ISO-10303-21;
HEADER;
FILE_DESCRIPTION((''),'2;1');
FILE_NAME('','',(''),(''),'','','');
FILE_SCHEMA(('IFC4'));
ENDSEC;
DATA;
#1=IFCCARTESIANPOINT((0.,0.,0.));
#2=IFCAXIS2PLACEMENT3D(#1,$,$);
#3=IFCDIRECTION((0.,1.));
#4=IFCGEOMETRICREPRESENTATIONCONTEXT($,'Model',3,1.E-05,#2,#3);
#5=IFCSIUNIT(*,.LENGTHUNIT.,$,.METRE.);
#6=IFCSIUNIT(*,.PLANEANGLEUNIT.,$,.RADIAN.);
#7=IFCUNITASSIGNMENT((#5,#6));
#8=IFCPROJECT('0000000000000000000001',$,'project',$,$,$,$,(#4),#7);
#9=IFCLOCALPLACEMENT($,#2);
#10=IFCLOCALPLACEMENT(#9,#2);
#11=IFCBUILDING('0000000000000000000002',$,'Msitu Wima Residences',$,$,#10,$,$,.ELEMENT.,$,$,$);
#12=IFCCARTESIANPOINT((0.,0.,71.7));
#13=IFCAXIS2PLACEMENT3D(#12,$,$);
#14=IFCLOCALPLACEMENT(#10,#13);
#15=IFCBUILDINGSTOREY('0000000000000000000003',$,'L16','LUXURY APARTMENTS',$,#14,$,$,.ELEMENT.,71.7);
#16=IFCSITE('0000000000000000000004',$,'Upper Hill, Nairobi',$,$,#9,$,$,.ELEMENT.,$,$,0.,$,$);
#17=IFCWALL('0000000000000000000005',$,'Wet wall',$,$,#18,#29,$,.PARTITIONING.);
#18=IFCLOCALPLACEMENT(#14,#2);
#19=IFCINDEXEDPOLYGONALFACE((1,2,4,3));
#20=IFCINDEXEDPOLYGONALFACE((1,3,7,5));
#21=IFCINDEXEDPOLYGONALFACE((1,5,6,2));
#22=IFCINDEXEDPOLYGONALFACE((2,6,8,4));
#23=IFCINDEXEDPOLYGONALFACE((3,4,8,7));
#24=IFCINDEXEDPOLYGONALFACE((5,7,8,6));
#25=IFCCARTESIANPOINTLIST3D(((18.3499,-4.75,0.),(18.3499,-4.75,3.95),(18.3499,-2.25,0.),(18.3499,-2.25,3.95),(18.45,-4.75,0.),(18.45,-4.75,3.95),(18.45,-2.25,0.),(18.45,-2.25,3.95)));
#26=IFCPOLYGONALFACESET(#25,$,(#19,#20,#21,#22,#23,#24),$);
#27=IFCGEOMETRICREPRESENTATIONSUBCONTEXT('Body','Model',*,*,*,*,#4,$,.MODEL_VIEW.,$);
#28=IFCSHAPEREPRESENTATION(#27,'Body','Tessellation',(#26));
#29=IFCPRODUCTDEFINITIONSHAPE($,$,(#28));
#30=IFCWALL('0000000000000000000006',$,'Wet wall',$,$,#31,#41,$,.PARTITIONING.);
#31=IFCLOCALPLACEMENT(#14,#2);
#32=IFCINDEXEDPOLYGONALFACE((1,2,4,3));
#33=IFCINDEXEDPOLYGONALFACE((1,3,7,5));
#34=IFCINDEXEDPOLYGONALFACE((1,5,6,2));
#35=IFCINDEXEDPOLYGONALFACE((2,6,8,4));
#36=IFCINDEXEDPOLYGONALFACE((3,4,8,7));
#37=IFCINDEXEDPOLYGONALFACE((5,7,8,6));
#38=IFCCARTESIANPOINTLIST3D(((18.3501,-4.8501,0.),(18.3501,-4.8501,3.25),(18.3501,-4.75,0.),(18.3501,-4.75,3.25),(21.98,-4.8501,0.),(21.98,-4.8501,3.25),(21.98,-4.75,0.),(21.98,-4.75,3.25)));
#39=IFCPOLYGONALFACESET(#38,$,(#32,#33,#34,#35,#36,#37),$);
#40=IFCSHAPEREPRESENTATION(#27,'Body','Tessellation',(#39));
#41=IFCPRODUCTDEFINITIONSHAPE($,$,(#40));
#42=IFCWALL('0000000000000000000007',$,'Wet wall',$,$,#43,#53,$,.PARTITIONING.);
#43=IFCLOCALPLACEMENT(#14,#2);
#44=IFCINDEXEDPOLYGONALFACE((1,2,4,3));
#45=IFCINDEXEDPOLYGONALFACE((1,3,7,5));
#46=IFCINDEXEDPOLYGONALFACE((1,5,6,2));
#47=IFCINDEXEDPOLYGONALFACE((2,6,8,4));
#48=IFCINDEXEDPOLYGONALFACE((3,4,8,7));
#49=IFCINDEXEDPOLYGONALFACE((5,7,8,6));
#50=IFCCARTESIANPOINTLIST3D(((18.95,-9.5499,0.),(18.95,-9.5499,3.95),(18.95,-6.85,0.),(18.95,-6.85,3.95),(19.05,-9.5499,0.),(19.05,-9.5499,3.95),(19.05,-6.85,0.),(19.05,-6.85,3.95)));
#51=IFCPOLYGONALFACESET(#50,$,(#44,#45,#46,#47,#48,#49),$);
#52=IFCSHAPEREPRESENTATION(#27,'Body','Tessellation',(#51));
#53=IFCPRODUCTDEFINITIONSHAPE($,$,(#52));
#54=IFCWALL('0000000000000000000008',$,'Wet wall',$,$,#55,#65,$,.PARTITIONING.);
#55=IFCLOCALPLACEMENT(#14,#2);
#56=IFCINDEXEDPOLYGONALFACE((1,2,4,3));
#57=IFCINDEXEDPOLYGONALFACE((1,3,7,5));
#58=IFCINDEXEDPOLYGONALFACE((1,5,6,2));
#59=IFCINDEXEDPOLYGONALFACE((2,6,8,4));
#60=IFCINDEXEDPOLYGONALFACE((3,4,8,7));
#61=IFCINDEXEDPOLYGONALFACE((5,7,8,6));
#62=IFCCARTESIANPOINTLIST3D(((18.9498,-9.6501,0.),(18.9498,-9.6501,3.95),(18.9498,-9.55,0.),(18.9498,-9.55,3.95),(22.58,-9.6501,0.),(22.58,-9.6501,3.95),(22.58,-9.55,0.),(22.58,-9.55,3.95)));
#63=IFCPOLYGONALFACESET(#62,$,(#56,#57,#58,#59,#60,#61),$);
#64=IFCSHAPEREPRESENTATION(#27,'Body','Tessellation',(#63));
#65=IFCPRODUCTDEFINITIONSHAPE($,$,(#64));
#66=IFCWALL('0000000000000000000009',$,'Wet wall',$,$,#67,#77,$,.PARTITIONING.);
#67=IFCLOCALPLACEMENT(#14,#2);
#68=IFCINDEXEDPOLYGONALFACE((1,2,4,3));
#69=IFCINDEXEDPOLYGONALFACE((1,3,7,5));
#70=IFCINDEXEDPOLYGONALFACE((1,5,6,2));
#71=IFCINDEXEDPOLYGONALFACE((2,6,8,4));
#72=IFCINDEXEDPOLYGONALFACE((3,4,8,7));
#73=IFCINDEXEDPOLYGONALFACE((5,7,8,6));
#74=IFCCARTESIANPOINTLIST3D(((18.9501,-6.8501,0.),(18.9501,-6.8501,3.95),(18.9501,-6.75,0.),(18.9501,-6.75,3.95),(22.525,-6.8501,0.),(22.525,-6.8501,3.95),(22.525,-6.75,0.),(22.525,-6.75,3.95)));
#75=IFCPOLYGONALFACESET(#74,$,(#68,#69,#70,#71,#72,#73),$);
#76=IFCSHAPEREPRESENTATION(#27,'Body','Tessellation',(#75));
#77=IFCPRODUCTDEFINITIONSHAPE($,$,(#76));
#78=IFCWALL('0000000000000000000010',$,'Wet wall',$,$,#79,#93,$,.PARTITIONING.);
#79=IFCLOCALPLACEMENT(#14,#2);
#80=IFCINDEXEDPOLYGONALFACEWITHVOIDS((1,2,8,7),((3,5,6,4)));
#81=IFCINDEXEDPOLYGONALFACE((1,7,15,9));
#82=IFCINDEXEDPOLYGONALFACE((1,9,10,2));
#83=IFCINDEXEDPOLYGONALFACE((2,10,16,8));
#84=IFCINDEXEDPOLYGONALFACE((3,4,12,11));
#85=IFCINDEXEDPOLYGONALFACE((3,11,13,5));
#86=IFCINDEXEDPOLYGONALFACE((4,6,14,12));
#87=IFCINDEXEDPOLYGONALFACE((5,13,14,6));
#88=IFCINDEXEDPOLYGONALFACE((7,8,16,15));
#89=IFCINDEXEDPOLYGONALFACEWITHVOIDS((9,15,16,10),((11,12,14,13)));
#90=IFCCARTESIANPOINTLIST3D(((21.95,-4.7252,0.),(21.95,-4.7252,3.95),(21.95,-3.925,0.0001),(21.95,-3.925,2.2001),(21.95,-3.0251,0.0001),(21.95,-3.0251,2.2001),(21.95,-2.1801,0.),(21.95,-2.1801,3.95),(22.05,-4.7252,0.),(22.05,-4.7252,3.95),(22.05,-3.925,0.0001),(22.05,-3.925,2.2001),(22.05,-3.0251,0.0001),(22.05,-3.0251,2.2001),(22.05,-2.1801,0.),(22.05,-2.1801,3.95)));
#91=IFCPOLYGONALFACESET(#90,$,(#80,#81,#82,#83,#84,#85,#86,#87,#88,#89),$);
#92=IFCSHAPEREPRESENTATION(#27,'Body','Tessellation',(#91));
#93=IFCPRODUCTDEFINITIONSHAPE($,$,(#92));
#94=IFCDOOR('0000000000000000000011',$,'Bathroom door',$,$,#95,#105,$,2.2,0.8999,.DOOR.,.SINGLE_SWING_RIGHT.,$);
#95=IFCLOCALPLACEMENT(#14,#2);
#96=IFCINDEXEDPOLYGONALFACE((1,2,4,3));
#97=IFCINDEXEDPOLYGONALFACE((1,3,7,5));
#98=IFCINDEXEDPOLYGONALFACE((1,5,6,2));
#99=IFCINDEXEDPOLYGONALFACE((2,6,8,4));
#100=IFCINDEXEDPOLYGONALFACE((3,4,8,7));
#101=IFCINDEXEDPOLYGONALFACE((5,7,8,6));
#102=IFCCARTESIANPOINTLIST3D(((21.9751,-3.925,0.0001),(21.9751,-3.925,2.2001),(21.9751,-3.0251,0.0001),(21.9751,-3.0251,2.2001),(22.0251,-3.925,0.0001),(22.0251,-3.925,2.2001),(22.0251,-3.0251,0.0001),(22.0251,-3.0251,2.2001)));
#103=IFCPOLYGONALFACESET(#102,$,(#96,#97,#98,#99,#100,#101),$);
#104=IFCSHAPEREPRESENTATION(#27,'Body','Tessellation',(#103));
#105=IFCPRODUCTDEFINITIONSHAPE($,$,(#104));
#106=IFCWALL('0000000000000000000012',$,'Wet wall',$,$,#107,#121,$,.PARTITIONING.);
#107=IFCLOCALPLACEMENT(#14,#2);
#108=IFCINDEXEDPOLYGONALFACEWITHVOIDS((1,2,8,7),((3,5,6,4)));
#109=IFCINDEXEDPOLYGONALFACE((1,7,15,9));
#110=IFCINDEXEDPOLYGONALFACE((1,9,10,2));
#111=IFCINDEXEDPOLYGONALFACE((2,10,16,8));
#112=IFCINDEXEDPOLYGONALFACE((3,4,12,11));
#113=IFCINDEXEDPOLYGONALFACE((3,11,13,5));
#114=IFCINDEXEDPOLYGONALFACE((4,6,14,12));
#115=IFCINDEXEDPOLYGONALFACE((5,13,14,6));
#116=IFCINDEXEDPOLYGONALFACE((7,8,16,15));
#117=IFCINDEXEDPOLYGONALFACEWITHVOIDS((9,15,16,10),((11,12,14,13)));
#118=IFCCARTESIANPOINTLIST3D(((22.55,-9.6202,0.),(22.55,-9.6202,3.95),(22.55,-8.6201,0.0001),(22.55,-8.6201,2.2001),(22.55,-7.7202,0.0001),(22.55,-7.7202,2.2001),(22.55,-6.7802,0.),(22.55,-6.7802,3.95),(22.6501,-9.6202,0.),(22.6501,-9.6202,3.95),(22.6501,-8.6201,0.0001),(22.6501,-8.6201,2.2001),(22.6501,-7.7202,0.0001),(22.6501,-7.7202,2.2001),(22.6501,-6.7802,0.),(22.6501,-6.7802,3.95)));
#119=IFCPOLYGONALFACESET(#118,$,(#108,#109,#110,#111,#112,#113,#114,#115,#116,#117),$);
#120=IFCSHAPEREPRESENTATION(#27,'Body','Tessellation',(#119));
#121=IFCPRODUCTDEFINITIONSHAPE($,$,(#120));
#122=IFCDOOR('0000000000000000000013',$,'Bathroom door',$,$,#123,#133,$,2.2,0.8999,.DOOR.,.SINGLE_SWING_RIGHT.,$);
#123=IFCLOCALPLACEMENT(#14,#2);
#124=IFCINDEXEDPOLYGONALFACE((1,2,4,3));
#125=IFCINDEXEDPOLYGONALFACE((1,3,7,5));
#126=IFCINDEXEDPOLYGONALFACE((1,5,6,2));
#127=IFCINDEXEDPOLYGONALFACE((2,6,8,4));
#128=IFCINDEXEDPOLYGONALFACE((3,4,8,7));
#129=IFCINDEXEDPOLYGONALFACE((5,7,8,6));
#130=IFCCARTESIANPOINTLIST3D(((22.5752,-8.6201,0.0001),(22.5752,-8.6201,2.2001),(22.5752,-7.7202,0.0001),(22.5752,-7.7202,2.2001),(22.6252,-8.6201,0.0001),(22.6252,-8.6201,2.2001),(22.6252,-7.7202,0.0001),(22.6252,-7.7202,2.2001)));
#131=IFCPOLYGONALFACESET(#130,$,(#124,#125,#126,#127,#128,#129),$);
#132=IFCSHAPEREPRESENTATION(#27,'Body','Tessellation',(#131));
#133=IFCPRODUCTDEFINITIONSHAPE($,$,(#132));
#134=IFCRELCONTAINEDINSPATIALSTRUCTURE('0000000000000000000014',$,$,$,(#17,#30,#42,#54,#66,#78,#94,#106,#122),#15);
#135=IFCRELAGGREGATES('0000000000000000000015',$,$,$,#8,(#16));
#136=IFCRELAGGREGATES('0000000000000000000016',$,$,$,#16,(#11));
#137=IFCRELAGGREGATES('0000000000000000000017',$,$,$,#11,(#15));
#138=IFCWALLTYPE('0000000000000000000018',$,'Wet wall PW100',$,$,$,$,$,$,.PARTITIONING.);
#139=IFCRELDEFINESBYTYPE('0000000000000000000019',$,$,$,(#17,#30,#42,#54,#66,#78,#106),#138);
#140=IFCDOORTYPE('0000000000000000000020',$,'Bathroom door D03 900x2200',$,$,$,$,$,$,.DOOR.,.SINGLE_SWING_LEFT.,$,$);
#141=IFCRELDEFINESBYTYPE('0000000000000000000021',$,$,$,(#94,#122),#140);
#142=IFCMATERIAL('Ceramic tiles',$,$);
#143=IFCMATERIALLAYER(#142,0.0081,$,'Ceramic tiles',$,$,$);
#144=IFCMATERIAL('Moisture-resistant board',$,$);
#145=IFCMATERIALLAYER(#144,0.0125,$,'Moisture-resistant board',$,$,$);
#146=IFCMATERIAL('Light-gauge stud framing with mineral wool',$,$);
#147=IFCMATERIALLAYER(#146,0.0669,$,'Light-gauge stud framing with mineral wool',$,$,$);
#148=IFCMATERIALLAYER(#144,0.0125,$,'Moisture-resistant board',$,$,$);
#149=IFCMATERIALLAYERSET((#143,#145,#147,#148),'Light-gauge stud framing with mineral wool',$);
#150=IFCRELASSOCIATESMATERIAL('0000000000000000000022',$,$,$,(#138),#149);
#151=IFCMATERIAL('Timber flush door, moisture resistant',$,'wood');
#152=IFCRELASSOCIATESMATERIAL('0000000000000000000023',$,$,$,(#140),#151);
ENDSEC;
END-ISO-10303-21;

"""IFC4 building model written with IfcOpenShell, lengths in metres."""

from ifc_helpers import new_model, si_unit, direction, frame, frame_2d, origin, place, context, subcontext, project, spatial, rectangle, extrude, material, layer, layer_set, type_object, element, fill, save


model = new_model("IFC4")

# Units and contexts
model_context = context("Model", 3, precision=1e-05, world=origin(), true_north=direction((0.0, 1.0)))
body_context = subcontext(model_context, "Body", "Model", "MODEL_VIEW")
ifc_project = project(units=[si_unit("LENGTHUNIT", "METRE"), si_unit("PLANEANGLEUNIT", "RADIAN")], contexts=[model_context])

# Site, building, storey
site_placement = place(None, origin())
site = spatial("IfcSite", under=ifc_project, at=site_placement, Name="Upper Hill, Nairobi", CompositionType="ELEMENT", RefElevation=0.0)
building_placement = place(site_placement, origin())
building = spatial("IfcBuilding", under=site, at=building_placement, Name="Msitu Wima Residences", CompositionType="ELEMENT")
storey_placement = place(building_placement, frame((0.0, 0.0, 71.7)))
storey = spatial("IfcBuildingStorey", under=building, at=storey_placement, Name="L16", Description="LUXURY APARTMENTS", CompositionType="ELEMENT", Elevation=71.7)

# Walls
ifc_material_1 = material(Name="Ceramic tiles")
ifc_layer_1 = layer(ifc_material_1, 0.0081, Name="Ceramic tiles")
ifc_material_2 = material(Name="Moisture-resistant board")
ifc_layer_2 = layer(ifc_material_2, 0.0125, Name="Moisture-resistant board")
ifc_material_3 = material(Name="Light-gauge stud framing with mineral wool")
ifc_layer_3 = layer(ifc_material_3, 0.0669, Name="Light-gauge stud framing with mineral wool")
ifc_layer_4 = layer(ifc_material_2, 0.0125, Name="Moisture-resistant board")
ifc_layer_set_1 = layer_set([ifc_layer_1, ifc_layer_2, ifc_layer_3, ifc_layer_4], Name="Light-gauge stud framing with mineral wool")
wall_type_1 = type_object("IfcWallType", Name="Wet wall PW100", PredefinedType="PARTITIONING", material=ifc_layer_set_1)
wall_1_placement = place(storey_placement, frame((18.3999, -4.75, 0.0), z_axis=(0.0, 0.0, 1.0), x_axis=(0.0, 1.0, 0.0)))
element("IfcWall", 1, at=wall_1_placement, inside=storey, type_object=wall_type_1, Name="Wet wall", PredefinedType="PARTITIONING", context=body_context, shape_type="SweptSolid", body=[
    extrude(rectangle(XDim=2.5, YDim=0.1001, at=frame_2d((1.25, 0.0))), origin(), (0.0, 0.0, 1.0), 3.95),
])
wall_2_placement = place(storey_placement, frame((18.3501, -4.8, 0.0), z_axis=(0.0, 0.0, 1.0), x_axis=(1.0, 0.0, 0.0)))
element("IfcWall", 2, at=wall_2_placement, inside=storey, type_object=wall_type_1, Name="Wet wall", PredefinedType="PARTITIONING", context=body_context, shape_type="SweptSolid", body=[
    extrude(rectangle(XDim=3.6299, YDim=0.1001, at=frame_2d((1.8149, 0.0))), origin(), (0.0, 0.0, 1.0), 3.25),
])
wall_3_placement = place(storey_placement, frame((19.0, -9.55, 0.0), z_axis=(0.0, 0.0, 1.0), x_axis=(0.0, 1.0, 0.0)))
element("IfcWall", 3, at=wall_3_placement, inside=storey, type_object=wall_type_1, Name="Wet wall", PredefinedType="PARTITIONING", context=body_context, shape_type="SweptSolid", body=[
    extrude(rectangle(XDim=2.7, YDim=0.1001, at=frame_2d((1.3501, 0.0))), origin(), (0.0, 0.0, 1.0), 3.95),
])
wall_4_placement = place(storey_placement, frame((18.95, -9.6001, 0.0), z_axis=(0.0, 0.0, 1.0), x_axis=(1.0, 0.0, 0.0)))
element("IfcWall", 4, at=wall_4_placement, inside=storey, type_object=wall_type_1, Name="Wet wall", PredefinedType="PARTITIONING", context=body_context, shape_type="SweptSolid", body=[
    extrude(rectangle(XDim=3.6301, YDim=0.1001, at=frame_2d((1.8149, 0.0))), origin(), (0.0, 0.0, 1.0), 3.95),
])
wall_5_placement = place(storey_placement, frame((18.95, -6.8, 0.0), z_axis=(0.0, 0.0, 1.0), x_axis=(1.0, 0.0, 0.0)))
element("IfcWall", 5, at=wall_5_placement, inside=storey, type_object=wall_type_1, Name="Wet wall", PredefinedType="PARTITIONING", context=body_context, shape_type="SweptSolid", body=[
    extrude(rectangle(XDim=3.575, YDim=0.1001, at=frame_2d((1.7876, 0.0))), origin(), (0.0, 0.0, 1.0), 3.95),
])

# Walls, openings, doors
wall_6_placement = place(storey_placement, frame((22.0, -4.7251, 0.0), z_axis=(0.0, 0.0, 1.0), x_axis=(0.0, 1.0, 0.0)))
wall_6 = element("IfcWall", 6, at=wall_6_placement, inside=storey, type_object=wall_type_1, Name="Wet wall", PredefinedType="PARTITIONING", context=body_context, shape_type="SweptSolid", body=[
    extrude(rectangle(XDim=2.5452, YDim=0.1001, at=frame_2d((1.2725, 0.0))), origin(), (0.0, 0.0, 1.0), 3.95),
])
opening_1_placement = place(wall_6_placement, frame((0.8, 0.0, 0.0)))
opening_1 = element("IfcOpeningElement", 7, at=opening_1_placement, cuts=wall_6, PredefinedType="OPENING", context=body_context, shape_type="SweptSolid", body=[
    extrude(rectangle(XDim=0.8999, YDim=2.2, at=frame_2d((0.45, 1.1001))), frame((0.0, 0.0601, 0.0), z_axis=(0.0, -1.0, 0.0), x_axis=(1.0, 0.0, 0.0)), (0.0, 0.0, 1.0), 0.1201),
])
ifc_material_4 = material(Name="Timber flush door, moisture resistant", Category="wood")
door_type_1 = type_object("IfcDoorType", Name="Bathroom door D03 900x2200", OperationType="SINGLE_SWING_LEFT", PredefinedType="DOOR", material=ifc_material_4)
door_1_placement = place(opening_1_placement, origin())
door_1 = element("IfcDoor", 8, at=door_1_placement, inside=storey, type_object=door_type_1, Name="Bathroom door", OperationType="SINGLE_SWING_RIGHT", OverallHeight=2.2, OverallWidth=0.8999, PredefinedType="DOOR", context=body_context, shape_type="SweptSolid", body=[
    extrude(rectangle(XDim=0.8999, YDim=2.2, at=frame_2d((0.45, 1.1001))), frame((0.0, 0.0249, 0.0), z_axis=(0.0, -1.0, 0.0), x_axis=(1.0, 0.0, 0.0)), (0.0, 0.0, 1.0), 0.05),
])
fill(opening_1, door_1)
wall_7_placement = place(storey_placement, frame((22.6001, -9.6201, 0.0), z_axis=(0.0, 0.0, 1.0), x_axis=(0.0, 1.0, 0.0)))
wall_7 = element("IfcWall", 9, at=wall_7_placement, inside=storey, type_object=wall_type_1, Name="Wet wall", PredefinedType="PARTITIONING", context=body_context, shape_type="SweptSolid", body=[
    extrude(rectangle(XDim=2.8401, YDim=0.1001, at=frame_2d((1.4199, 0.0))), origin(), (0.0, 0.0, 1.0), 3.95),
])
opening_2_placement = place(wall_7_placement, frame((1.0, 0.0, 0.0)))
opening_2 = element("IfcOpeningElement", 10, at=opening_2_placement, cuts=wall_7, PredefinedType="OPENING", context=body_context, shape_type="SweptSolid", body=[
    extrude(rectangle(XDim=0.8999, YDim=2.2, at=frame_2d((0.45, 1.1001))), frame((0.0, 0.0601, 0.0), z_axis=(0.0, -1.0, 0.0), x_axis=(1.0, 0.0, 0.0)), (0.0, 0.0, 1.0), 0.1201),
])
door_2_placement = place(opening_2_placement, origin())
door_2 = element("IfcDoor", 11, at=door_2_placement, inside=storey, type_object=door_type_1, Name="Bathroom door", OperationType="SINGLE_SWING_RIGHT", OverallHeight=2.2, OverallWidth=0.8999, PredefinedType="DOOR", context=body_context, shape_type="SweptSolid", body=[
    extrude(rectangle(XDim=0.8999, YDim=2.2, at=frame_2d((0.45, 1.1001))), frame((0.0, 0.0249, 0.0), z_axis=(0.0, -1.0, 0.0), x_axis=(1.0, 0.0, 0.0)), (0.0, 0.0, 1.0), 0.05),
])
fill(opening_2, door_2)

save(model, "model.ifc")
